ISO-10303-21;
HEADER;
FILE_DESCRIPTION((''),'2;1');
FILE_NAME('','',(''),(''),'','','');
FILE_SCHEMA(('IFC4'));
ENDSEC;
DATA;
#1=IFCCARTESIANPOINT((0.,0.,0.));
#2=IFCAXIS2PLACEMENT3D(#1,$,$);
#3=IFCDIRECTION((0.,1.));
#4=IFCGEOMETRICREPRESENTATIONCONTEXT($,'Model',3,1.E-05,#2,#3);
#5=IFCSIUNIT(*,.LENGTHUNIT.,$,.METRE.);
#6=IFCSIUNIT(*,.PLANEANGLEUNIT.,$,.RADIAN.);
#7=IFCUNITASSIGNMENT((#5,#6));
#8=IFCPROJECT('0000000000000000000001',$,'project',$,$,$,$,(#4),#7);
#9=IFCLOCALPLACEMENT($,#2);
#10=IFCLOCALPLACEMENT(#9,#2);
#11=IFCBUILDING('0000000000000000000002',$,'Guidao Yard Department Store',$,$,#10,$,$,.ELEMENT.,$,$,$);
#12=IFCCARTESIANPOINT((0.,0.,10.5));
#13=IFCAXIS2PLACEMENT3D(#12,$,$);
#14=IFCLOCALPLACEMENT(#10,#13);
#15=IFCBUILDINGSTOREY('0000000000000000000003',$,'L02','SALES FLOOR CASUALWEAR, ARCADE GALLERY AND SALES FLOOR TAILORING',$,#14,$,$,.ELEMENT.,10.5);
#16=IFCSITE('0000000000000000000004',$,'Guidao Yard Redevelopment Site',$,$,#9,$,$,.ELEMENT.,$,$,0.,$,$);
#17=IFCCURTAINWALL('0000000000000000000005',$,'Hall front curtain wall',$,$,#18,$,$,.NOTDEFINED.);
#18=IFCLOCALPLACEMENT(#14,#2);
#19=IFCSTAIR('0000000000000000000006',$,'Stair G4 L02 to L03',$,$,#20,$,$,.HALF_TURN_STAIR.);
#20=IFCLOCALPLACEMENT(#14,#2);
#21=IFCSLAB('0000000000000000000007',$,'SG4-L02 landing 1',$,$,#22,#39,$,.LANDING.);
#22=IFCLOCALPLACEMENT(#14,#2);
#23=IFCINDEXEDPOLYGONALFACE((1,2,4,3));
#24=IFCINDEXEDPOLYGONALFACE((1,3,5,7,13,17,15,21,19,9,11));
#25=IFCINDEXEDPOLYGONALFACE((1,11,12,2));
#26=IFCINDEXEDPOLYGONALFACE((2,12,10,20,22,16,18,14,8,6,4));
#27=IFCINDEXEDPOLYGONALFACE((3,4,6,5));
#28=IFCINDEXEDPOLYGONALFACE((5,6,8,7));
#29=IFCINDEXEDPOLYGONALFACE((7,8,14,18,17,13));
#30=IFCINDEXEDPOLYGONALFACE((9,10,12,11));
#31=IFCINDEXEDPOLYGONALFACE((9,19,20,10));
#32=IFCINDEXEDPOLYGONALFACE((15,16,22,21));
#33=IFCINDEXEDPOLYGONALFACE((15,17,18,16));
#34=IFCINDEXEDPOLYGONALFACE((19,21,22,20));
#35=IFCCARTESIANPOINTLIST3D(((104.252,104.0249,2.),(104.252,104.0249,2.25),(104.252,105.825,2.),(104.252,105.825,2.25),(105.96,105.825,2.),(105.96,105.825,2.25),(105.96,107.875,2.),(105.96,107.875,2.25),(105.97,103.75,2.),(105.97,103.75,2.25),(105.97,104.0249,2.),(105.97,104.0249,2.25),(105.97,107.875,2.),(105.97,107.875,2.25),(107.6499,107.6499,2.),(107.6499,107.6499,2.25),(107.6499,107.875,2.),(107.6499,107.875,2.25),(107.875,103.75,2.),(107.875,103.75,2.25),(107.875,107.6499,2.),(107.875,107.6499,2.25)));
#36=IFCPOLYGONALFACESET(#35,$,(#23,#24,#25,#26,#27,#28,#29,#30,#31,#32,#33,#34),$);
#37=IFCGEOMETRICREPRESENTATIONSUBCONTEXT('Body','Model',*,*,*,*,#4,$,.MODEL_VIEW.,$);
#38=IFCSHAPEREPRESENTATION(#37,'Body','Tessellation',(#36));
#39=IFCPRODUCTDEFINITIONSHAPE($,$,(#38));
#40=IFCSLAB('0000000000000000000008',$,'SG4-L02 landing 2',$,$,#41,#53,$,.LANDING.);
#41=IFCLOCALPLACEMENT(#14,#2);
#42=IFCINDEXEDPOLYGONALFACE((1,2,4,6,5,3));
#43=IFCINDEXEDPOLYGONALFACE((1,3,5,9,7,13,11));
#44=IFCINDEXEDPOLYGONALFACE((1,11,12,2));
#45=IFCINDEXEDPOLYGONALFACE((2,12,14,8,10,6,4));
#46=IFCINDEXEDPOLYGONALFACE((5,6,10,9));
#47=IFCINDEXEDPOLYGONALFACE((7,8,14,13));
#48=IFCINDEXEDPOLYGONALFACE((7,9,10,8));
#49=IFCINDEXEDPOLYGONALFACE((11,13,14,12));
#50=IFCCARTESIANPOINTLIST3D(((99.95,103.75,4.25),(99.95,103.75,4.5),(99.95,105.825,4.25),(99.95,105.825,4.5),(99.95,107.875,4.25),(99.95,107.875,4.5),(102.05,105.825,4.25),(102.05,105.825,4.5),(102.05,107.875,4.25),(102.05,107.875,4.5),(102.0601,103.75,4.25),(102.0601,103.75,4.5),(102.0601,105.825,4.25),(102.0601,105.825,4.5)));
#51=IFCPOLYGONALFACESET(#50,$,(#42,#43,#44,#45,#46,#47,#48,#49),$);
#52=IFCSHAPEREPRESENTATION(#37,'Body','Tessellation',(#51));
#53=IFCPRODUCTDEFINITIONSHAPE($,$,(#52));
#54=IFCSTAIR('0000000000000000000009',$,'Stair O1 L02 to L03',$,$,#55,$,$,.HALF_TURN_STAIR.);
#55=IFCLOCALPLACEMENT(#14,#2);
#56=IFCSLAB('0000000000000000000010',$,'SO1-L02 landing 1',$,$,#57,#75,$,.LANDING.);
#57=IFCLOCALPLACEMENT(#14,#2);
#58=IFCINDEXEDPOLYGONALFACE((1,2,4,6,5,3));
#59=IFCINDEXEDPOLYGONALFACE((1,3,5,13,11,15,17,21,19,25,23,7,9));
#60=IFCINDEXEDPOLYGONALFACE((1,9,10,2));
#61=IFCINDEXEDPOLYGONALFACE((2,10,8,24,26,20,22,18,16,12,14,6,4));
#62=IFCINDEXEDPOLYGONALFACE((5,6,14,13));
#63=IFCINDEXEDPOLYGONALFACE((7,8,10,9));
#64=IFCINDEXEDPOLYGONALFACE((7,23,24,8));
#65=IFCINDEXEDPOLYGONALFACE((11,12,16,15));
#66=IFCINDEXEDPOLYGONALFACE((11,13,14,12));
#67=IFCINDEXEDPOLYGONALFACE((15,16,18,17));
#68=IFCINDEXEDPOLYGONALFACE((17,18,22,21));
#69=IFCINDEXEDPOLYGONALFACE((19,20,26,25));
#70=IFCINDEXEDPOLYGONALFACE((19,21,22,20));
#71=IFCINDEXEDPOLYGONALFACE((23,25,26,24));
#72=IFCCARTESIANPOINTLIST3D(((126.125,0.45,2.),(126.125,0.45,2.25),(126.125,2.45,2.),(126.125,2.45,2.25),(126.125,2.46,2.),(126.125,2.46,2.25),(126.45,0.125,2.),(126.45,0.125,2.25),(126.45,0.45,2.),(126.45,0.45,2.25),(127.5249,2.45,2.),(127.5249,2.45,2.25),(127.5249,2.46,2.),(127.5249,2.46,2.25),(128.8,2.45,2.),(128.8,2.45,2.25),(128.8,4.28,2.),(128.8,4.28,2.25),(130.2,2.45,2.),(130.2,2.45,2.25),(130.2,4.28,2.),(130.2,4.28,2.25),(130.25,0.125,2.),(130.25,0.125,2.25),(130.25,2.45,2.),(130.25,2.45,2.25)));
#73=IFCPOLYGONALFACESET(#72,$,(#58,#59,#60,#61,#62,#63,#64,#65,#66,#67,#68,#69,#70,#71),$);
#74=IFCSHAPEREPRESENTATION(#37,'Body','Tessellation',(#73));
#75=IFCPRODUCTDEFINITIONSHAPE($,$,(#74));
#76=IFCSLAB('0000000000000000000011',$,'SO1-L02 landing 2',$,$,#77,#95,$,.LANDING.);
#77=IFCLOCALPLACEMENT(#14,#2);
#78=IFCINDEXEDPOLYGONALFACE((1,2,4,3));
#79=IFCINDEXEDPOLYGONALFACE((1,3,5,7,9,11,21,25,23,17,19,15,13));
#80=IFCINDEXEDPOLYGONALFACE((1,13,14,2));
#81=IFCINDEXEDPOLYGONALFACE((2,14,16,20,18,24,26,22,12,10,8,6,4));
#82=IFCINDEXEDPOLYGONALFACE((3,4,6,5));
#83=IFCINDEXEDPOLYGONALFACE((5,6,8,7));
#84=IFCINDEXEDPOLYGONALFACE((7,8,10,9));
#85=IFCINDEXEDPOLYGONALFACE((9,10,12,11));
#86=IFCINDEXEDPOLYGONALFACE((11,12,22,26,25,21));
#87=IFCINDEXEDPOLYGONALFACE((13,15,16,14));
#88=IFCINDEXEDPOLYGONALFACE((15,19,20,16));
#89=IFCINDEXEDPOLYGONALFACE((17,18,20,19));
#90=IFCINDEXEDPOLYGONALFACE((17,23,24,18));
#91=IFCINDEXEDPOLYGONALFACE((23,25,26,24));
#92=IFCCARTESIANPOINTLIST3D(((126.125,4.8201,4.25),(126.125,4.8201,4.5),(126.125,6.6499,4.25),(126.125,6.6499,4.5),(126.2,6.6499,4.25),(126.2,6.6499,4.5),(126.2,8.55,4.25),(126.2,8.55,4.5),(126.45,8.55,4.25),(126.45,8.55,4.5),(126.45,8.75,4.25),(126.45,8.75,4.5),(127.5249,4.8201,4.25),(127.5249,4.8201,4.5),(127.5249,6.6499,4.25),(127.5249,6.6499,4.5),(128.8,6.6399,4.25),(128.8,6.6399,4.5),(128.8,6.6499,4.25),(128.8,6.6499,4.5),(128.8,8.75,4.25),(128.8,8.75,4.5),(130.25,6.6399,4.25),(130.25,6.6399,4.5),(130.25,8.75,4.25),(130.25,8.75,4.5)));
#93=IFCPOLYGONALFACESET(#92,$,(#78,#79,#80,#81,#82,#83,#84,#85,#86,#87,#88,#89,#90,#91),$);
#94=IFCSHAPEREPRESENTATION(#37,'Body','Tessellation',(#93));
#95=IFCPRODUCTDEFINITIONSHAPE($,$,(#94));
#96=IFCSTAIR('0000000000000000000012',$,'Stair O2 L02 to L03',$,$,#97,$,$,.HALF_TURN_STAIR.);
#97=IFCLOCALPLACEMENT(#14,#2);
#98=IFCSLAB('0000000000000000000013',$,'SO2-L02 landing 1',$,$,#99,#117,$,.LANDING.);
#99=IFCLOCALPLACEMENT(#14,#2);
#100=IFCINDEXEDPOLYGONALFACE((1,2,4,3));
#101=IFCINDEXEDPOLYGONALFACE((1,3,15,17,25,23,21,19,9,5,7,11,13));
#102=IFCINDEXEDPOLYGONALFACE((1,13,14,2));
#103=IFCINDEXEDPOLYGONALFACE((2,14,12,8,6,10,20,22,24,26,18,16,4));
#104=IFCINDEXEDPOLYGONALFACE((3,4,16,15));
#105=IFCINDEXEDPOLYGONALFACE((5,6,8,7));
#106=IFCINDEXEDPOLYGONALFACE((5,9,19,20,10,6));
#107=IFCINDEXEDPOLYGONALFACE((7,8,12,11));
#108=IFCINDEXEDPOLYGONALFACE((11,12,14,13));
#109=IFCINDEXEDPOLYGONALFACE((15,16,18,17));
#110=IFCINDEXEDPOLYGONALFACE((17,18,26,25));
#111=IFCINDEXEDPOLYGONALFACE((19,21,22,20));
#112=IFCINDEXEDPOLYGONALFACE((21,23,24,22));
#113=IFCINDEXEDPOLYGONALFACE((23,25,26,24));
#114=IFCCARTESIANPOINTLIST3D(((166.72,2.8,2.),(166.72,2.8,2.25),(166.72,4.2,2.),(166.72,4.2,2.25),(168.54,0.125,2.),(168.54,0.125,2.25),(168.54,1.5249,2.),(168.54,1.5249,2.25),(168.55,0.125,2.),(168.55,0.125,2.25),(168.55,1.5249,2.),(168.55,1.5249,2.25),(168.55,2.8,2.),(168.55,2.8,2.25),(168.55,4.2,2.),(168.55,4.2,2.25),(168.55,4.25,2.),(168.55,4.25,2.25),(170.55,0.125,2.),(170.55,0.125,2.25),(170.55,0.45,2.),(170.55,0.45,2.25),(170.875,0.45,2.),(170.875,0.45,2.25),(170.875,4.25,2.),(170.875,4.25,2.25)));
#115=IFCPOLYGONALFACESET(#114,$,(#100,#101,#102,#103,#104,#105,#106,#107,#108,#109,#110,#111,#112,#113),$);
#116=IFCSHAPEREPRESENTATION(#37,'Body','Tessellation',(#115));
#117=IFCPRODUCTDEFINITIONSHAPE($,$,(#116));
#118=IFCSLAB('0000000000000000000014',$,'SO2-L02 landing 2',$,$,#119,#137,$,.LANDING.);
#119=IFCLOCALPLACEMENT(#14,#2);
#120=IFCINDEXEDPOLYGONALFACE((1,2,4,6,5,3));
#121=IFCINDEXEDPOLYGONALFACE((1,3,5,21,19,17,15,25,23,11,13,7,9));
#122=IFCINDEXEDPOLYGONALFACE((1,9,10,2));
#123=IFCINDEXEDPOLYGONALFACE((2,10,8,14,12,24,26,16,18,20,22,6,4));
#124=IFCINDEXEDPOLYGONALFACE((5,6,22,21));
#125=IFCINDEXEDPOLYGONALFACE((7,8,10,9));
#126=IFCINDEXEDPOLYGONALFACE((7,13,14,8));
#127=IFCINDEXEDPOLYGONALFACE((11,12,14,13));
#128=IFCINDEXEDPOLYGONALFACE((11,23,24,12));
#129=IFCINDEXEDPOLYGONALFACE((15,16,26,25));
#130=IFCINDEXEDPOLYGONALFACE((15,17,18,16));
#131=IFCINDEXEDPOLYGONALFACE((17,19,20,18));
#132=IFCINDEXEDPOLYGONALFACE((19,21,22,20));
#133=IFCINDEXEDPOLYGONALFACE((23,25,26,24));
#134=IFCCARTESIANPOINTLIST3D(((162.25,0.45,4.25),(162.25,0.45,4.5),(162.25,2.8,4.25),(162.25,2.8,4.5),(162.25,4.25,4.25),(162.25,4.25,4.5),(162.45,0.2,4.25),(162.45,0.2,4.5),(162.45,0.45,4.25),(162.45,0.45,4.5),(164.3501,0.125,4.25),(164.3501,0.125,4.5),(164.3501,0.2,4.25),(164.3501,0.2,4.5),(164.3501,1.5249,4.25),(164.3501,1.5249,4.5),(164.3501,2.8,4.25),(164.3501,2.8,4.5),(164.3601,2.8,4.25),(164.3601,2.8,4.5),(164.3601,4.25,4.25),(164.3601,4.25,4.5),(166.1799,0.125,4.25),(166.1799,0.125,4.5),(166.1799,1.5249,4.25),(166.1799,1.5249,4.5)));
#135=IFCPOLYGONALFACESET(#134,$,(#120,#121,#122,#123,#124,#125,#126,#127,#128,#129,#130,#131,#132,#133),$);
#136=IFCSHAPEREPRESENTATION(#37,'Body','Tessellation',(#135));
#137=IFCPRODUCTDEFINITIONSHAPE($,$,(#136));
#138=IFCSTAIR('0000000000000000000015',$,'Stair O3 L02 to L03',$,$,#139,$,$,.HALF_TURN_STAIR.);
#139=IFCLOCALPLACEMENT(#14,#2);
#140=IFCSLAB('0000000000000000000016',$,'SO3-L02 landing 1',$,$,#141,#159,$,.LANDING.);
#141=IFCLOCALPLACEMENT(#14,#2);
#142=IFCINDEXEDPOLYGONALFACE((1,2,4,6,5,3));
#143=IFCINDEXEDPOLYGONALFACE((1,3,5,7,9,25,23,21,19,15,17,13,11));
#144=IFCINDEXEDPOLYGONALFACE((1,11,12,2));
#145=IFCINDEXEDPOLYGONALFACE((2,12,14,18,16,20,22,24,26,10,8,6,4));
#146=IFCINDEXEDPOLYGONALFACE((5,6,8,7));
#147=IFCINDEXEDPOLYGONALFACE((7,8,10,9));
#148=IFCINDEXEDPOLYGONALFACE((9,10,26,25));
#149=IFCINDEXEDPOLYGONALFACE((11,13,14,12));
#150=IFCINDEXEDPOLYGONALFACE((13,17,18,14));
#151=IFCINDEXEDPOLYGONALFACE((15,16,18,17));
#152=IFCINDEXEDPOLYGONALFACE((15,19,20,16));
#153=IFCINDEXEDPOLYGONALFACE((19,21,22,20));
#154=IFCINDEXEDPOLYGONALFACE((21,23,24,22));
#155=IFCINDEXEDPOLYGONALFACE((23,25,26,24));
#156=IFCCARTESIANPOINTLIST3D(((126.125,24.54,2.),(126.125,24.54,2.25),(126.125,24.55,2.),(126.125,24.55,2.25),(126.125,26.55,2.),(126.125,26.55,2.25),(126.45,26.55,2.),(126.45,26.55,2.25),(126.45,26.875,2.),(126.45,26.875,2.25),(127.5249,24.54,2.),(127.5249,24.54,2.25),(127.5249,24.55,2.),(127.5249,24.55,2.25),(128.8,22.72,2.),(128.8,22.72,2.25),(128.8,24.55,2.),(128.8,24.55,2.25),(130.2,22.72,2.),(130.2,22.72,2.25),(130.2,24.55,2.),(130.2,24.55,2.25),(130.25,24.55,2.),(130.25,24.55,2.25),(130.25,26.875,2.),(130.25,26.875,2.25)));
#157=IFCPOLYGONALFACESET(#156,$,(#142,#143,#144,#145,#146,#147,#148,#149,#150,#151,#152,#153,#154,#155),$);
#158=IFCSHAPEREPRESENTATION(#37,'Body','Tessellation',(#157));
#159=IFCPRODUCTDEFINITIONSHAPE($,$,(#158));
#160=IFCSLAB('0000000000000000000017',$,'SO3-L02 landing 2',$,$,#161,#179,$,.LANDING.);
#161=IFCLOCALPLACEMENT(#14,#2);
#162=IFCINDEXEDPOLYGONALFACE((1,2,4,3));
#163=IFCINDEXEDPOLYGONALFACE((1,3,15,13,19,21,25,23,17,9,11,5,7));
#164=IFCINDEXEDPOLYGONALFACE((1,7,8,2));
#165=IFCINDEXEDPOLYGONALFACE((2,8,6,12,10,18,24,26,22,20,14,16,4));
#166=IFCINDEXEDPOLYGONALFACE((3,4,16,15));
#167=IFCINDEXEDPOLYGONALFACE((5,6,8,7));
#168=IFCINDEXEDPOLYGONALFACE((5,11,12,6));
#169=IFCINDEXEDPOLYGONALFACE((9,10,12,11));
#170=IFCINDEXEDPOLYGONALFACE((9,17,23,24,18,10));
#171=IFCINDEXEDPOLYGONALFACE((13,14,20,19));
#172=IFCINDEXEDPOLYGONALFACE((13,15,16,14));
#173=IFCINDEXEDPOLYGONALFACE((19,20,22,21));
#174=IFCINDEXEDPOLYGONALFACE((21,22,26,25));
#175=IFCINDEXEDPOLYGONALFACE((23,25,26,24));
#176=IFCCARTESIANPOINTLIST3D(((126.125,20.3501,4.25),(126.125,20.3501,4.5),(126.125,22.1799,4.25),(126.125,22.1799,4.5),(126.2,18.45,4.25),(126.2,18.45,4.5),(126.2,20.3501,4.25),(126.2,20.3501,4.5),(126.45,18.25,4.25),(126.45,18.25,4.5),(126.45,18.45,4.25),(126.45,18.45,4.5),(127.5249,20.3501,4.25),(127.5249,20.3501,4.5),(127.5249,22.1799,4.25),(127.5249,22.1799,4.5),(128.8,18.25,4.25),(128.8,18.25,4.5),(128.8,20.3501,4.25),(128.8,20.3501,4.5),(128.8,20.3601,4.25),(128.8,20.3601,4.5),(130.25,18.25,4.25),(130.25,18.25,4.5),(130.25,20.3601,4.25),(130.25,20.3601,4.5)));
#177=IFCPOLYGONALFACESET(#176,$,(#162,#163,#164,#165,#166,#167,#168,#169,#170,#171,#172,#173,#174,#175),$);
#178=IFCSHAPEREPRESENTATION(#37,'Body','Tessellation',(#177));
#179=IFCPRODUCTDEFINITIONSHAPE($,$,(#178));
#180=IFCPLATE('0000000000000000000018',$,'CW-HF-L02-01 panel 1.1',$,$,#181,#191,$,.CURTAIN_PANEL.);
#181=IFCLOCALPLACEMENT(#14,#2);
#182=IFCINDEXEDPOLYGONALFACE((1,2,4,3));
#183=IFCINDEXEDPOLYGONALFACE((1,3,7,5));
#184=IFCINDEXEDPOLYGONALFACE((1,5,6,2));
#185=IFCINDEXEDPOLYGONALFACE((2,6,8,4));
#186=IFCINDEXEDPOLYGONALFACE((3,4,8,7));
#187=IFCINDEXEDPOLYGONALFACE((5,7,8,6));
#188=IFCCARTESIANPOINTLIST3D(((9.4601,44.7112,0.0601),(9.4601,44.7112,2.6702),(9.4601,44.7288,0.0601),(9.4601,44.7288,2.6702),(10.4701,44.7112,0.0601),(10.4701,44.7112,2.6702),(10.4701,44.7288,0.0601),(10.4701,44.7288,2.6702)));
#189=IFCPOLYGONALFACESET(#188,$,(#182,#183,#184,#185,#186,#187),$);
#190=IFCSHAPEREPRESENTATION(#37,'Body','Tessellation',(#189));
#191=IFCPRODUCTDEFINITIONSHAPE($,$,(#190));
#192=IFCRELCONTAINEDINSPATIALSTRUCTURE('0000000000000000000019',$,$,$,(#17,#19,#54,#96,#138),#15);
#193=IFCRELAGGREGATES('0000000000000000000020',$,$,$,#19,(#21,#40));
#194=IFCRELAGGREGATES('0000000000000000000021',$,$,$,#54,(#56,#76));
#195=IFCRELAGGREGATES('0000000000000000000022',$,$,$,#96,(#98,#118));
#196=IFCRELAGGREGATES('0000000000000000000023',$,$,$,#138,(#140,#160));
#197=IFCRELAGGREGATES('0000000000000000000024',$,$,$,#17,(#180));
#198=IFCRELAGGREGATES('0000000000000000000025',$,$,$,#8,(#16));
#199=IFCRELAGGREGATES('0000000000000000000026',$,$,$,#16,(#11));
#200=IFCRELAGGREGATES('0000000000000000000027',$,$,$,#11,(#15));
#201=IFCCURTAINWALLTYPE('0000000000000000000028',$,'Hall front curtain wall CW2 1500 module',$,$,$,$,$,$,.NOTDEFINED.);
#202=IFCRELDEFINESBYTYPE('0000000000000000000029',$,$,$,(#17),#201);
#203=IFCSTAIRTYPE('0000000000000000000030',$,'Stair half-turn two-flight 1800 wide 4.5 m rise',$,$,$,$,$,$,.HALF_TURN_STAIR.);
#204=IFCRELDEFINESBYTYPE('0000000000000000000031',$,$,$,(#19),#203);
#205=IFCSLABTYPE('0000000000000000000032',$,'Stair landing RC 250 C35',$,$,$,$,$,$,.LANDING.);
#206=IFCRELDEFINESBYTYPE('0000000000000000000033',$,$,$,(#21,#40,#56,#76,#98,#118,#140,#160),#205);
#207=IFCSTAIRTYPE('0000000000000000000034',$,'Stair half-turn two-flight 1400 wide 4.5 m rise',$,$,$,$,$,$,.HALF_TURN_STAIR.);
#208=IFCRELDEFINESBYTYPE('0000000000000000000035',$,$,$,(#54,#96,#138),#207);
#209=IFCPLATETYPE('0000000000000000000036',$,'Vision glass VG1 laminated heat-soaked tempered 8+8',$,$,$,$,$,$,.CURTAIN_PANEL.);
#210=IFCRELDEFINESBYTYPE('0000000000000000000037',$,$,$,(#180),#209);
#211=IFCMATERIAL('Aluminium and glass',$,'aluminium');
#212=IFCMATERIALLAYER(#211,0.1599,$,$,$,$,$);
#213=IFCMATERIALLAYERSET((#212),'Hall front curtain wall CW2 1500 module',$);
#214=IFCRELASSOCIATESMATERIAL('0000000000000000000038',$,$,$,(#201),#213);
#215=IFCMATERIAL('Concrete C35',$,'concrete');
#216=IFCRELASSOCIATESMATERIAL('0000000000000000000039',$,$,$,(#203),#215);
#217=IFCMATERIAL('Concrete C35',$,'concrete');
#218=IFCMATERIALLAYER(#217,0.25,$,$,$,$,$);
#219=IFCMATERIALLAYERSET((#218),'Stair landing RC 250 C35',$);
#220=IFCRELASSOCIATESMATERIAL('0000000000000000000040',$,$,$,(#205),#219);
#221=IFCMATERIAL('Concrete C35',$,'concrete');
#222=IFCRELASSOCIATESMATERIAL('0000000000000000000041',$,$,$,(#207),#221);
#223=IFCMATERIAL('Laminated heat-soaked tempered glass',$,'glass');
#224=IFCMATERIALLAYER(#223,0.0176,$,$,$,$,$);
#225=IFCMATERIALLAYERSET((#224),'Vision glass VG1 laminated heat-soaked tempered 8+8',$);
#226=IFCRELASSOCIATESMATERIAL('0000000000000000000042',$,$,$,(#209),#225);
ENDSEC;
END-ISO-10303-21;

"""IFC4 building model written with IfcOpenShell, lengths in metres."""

from ifc_helpers import new_model, si_unit, direction, frame, origin, origin_2d, place, context, subcontext, project, spatial, polyline, rectangle, outline, extrude, material, layer, layer_set, type_object, element, aggregate, save


model = new_model("IFC4")

# Units and contexts
model_context = context("Model", 3, precision=1e-05, world=origin(), true_north=direction((0.0, 1.0)))
body_context = subcontext(model_context, "Body", "Model", "MODEL_VIEW")
ifc_project = project(units=[si_unit("LENGTHUNIT", "METRE"), si_unit("PLANEANGLEUNIT", "RADIAN")], contexts=[model_context])

# Site, building, storey
site_placement = place(None, origin())
site = spatial("IfcSite", under=ifc_project, at=site_placement, Name="Guidao Yard Redevelopment Site", CompositionType="ELEMENT", RefElevation=0.0)
building_placement = place(site_placement, origin())
building = spatial("IfcBuilding", under=site, at=building_placement, Name="Guidao Yard Department Store", CompositionType="ELEMENT")
storey_placement = place(building_placement, frame((0.0, 0.0, 10.5)))
storey = spatial("IfcBuildingStorey", under=building, at=storey_placement, Name="L02", Description="SALES FLOOR CASUALWEAR, ARCADE GALLERY AND SALES FLOOR TAILORING", CompositionType="ELEMENT", Elevation=10.5)

# Curtain wall
ifc_material_1 = material(Name="Aluminium and glass", Category="aluminium")
ifc_layer_1 = layer(ifc_material_1, 0.1599)
ifc_layer_set_1 = layer_set([ifc_layer_1], Name="Hall front curtain wall CW2 1500 module")
curtain_wall_type = type_object("IfcCurtainWallType", Name="Hall front curtain wall CW2 1500 module", PredefinedType="NOTDEFINED", material=ifc_layer_set_1)
curtain_wall_placement = place(storey_placement, origin())
curtain_wall = element("IfcCurtainWall", 1, at=curtain_wall_placement, inside=storey, type_object=curtain_wall_type, Name="Hall front curtain wall", PredefinedType="NOTDEFINED")

# Shared definitions
ifc_material_2 = material(Name="Concrete C35", Category="concrete")
stair_type_1 = type_object("IfcStairType", Name="Stair half-turn two-flight 1800 wide 4.5 m rise", PredefinedType="HALF_TURN_STAIR", material=ifc_material_2)
ifc_material_3 = material(Name="Concrete C35", Category="concrete")
ifc_layer_2 = layer(ifc_material_3, 0.25)
ifc_layer_set_2 = layer_set([ifc_layer_2], Name="Stair landing RC 250 C35")
slab_type_1 = type_object("IfcSlabType", Name="Stair landing RC 250 C35", PredefinedType="LANDING", material=ifc_layer_set_2)

# Stairs, slabs
stair_1_placement = place(storey_placement, origin())
stair_1 = element("IfcStair", 2, at=stair_1_placement, inside=storey, type_object=stair_type_1, Name="Stair G4 L02 to L03", PredefinedType="HALF_TURN_STAIR")
slab_1_placement = place(storey_placement, frame((0.0, 0.0, 2.0)))
slab_1 = element("IfcSlab", 3, at=slab_1_placement, type_object=slab_type_1, Name="SG4-L02 landing 1", PredefinedType="LANDING", context=body_context, shape_type="SweptSolid", body=[
    extrude(outline(polyline([(104.252, 105.825), (105.96, 105.825), (105.96, 107.875), (105.97, 107.875), (107.6499, 107.875), (107.6499, 107.6499), (107.875, 107.6499), (107.875, 103.75), (105.97, 103.75), (105.97, 104.0249), (104.252, 104.0249), (104.252, 105.825)])), origin(), (0.0, 0.0, 1.0), 0.25),
])
slab_2_placement = place(storey_placement, frame((0.0, 0.0, 4.25)))
slab_2 = element("IfcSlab", 4, at=slab_2_placement, type_object=slab_type_1, Name="SG4-L02 landing 2", PredefinedType="LANDING", context=body_context, shape_type="SweptSolid", body=[
    extrude(outline(polyline([(102.0601, 103.75), (99.95, 103.75), (99.95, 105.825), (99.95, 107.875), (102.05, 107.875), (102.05, 105.825), (102.0601, 105.825), (102.0601, 103.75)])), origin(), (0.0, 0.0, 1.0), 0.25),
])
aggregate(stair_1, [slab_1, slab_2])
ifc_material_4 = material(Name="Concrete C35", Category="concrete")
stair_type_2 = type_object("IfcStairType", Name="Stair half-turn two-flight 1400 wide 4.5 m rise", PredefinedType="HALF_TURN_STAIR", material=ifc_material_4)
stair_2_placement = place(storey_placement, origin())
stair_2 = element("IfcStair", 5, at=stair_2_placement, inside=storey, type_object=stair_type_2, Name="Stair O1 L02 to L03", PredefinedType="HALF_TURN_STAIR")
slab_3_placement = place(storey_placement, frame((0.0, 0.0, 2.0)))
slab_3 = element("IfcSlab", 6, at=slab_3_placement, type_object=slab_type_1, Name="SO1-L02 landing 1", PredefinedType="LANDING", context=body_context, shape_type="SweptSolid", body=[
    extrude(outline(polyline([(126.45, 0.125), (126.45, 0.45), (126.125, 0.45), (126.125, 2.45), (126.125, 2.46), (127.5249, 2.46), (127.5249, 2.45), (128.8, 2.45), (128.8, 4.28), (130.2, 4.28), (130.2, 2.45), (130.25, 2.45), (130.25, 0.125), (126.45, 0.125)])), origin(), (0.0, 0.0, 1.0), 0.25),
])
slab_4_placement = place(storey_placement, frame((0.0, 0.0, 4.25)))
slab_4 = element("IfcSlab", 7, at=slab_4_placement, type_object=slab_type_1, Name="SO1-L02 landing 2", PredefinedType="LANDING", context=body_context, shape_type="SweptSolid", body=[
    extrude(outline(polyline([(126.125, 6.6499), (126.2, 6.6499), (126.2, 8.55), (126.45, 8.55), (126.45, 8.75), (128.8, 8.75), (130.25, 8.75), (130.25, 6.6399), (128.8, 6.6399), (128.8, 6.6499), (127.5249, 6.6499), (127.5249, 4.8201), (126.125, 4.8201), (126.125, 6.6499)])), origin(), (0.0, 0.0, 1.0), 0.25),
])
aggregate(stair_2, [slab_3, slab_4])
stair_3_placement = place(storey_placement, origin())
stair_3 = element("IfcStair", 8, at=stair_3_placement, inside=storey, type_object=stair_type_2, Name="Stair O2 L02 to L03", PredefinedType="HALF_TURN_STAIR")
slab_5_placement = place(storey_placement, frame((0.0, 0.0, 2.0)))
slab_5 = element("IfcSlab", 9, at=slab_5_placement, type_object=slab_type_1, Name="SO2-L02 landing 1", PredefinedType="LANDING", context=body_context, shape_type="SweptSolid", body=[
    extrude(outline(polyline([(168.55, 1.5249), (168.55, 2.8), (166.72, 2.8), (166.72, 4.2), (168.55, 4.2), (168.55, 4.25), (170.875, 4.25), (170.875, 0.45), (170.55, 0.45), (170.55, 0.125), (168.55, 0.125), (168.54, 0.125), (168.54, 1.5249), (168.55, 1.5249)])), origin(), (0.0, 0.0, 1.0), 0.25),
])
slab_6_placement = place(storey_placement, frame((0.0, 0.0, 4.25)))
slab_6 = element("IfcSlab", 10, at=slab_6_placement, type_object=slab_type_1, Name="SO2-L02 landing 2", PredefinedType="LANDING", context=body_context, shape_type="SweptSolid", body=[
    extrude(outline(polyline([(164.3501, 0.125), (164.3501, 0.2), (162.45, 0.2), (162.45, 0.45), (162.25, 0.45), (162.25, 2.8), (162.25, 4.25), (164.3601, 4.25), (164.3601, 2.8), (164.3501, 2.8), (164.3501, 1.5249), (166.1799, 1.5249), (166.1799, 0.125), (164.3501, 0.125)])), origin(), (0.0, 0.0, 1.0), 0.25),
])
aggregate(stair_3, [slab_5, slab_6])
stair_4_placement = place(storey_placement, origin())
stair_4 = element("IfcStair", 11, at=stair_4_placement, inside=storey, type_object=stair_type_2, Name="Stair O3 L02 to L03", PredefinedType="HALF_TURN_STAIR")
slab_7_placement = place(storey_placement, frame((0.0, 0.0, 2.0)))
slab_7 = element("IfcSlab", 12, at=slab_7_placement, type_object=slab_type_1, Name="SO3-L02 landing 1", PredefinedType="LANDING", context=body_context, shape_type="SweptSolid", body=[
    extrude(outline(polyline([(128.8, 24.55), (127.5249, 24.55), (127.5249, 24.54), (126.125, 24.54), (126.125, 24.55), (126.125, 26.55), (126.45, 26.55), (126.45, 26.875), (130.25, 26.875), (130.25, 24.55), (130.2, 24.55), (130.2, 22.72), (128.8, 22.72), (128.8, 24.55)])), origin(), (0.0, 0.0, 1.0), 0.25),
])
slab_8_placement = place(storey_placement, frame((0.0, 0.0, 4.25)))
slab_8 = element("IfcSlab", 13, at=slab_8_placement, type_object=slab_type_1, Name="SO3-L02 landing 2", PredefinedType="LANDING", context=body_context, shape_type="SweptSolid", body=[
    extrude(outline(polyline([(130.25, 20.3601), (130.25, 18.25), (128.8, 18.25), (126.45, 18.25), (126.45, 18.45), (126.2, 18.45), (126.2, 20.3501), (126.125, 20.3501), (126.125, 22.1799), (127.5249, 22.1799), (127.5249, 20.3501), (128.8, 20.3501), (128.8, 20.3601), (130.25, 20.3601)])), origin(), (0.0, 0.0, 1.0), 0.25),
])
aggregate(stair_4, [slab_7, slab_8])

# Plate
ifc_material_5 = material(Name="Laminated heat-soaked tempered glass", Category="glass")
ifc_layer_3 = layer(ifc_material_5, 0.0176)
ifc_layer_set_3 = layer_set([ifc_layer_3], Name="Vision glass VG1 laminated heat-soaked tempered 8+8")
plate_type_1 = type_object("IfcPlateType", Name="Vision glass VG1 laminated heat-soaked tempered 8+8", PredefinedType="CURTAIN_PANEL", material=ifc_layer_set_3)
plate_1_placement = place(storey_placement, frame((9.9651, 44.72, 0.0601), z_axis=(0.0, 0.0, 1.0), x_axis=(-1.0, 0.0, 0.0)))
plate_1 = element("IfcPlate", 14, at=plate_1_placement, type_object=plate_type_1, Name="CW-HF-L02-01 panel 1.1", PredefinedType="CURTAIN_PANEL", context=body_context, shape_type="SweptSolid", body=[
    extrude(rectangle(XDim=1.01, YDim=0.0176, at=origin_2d()), origin(), (0.0, 0.0, 1.0), 2.6101),
])
aggregate(curtain_wall, [plate_1])

save(model, "model.ifc")
